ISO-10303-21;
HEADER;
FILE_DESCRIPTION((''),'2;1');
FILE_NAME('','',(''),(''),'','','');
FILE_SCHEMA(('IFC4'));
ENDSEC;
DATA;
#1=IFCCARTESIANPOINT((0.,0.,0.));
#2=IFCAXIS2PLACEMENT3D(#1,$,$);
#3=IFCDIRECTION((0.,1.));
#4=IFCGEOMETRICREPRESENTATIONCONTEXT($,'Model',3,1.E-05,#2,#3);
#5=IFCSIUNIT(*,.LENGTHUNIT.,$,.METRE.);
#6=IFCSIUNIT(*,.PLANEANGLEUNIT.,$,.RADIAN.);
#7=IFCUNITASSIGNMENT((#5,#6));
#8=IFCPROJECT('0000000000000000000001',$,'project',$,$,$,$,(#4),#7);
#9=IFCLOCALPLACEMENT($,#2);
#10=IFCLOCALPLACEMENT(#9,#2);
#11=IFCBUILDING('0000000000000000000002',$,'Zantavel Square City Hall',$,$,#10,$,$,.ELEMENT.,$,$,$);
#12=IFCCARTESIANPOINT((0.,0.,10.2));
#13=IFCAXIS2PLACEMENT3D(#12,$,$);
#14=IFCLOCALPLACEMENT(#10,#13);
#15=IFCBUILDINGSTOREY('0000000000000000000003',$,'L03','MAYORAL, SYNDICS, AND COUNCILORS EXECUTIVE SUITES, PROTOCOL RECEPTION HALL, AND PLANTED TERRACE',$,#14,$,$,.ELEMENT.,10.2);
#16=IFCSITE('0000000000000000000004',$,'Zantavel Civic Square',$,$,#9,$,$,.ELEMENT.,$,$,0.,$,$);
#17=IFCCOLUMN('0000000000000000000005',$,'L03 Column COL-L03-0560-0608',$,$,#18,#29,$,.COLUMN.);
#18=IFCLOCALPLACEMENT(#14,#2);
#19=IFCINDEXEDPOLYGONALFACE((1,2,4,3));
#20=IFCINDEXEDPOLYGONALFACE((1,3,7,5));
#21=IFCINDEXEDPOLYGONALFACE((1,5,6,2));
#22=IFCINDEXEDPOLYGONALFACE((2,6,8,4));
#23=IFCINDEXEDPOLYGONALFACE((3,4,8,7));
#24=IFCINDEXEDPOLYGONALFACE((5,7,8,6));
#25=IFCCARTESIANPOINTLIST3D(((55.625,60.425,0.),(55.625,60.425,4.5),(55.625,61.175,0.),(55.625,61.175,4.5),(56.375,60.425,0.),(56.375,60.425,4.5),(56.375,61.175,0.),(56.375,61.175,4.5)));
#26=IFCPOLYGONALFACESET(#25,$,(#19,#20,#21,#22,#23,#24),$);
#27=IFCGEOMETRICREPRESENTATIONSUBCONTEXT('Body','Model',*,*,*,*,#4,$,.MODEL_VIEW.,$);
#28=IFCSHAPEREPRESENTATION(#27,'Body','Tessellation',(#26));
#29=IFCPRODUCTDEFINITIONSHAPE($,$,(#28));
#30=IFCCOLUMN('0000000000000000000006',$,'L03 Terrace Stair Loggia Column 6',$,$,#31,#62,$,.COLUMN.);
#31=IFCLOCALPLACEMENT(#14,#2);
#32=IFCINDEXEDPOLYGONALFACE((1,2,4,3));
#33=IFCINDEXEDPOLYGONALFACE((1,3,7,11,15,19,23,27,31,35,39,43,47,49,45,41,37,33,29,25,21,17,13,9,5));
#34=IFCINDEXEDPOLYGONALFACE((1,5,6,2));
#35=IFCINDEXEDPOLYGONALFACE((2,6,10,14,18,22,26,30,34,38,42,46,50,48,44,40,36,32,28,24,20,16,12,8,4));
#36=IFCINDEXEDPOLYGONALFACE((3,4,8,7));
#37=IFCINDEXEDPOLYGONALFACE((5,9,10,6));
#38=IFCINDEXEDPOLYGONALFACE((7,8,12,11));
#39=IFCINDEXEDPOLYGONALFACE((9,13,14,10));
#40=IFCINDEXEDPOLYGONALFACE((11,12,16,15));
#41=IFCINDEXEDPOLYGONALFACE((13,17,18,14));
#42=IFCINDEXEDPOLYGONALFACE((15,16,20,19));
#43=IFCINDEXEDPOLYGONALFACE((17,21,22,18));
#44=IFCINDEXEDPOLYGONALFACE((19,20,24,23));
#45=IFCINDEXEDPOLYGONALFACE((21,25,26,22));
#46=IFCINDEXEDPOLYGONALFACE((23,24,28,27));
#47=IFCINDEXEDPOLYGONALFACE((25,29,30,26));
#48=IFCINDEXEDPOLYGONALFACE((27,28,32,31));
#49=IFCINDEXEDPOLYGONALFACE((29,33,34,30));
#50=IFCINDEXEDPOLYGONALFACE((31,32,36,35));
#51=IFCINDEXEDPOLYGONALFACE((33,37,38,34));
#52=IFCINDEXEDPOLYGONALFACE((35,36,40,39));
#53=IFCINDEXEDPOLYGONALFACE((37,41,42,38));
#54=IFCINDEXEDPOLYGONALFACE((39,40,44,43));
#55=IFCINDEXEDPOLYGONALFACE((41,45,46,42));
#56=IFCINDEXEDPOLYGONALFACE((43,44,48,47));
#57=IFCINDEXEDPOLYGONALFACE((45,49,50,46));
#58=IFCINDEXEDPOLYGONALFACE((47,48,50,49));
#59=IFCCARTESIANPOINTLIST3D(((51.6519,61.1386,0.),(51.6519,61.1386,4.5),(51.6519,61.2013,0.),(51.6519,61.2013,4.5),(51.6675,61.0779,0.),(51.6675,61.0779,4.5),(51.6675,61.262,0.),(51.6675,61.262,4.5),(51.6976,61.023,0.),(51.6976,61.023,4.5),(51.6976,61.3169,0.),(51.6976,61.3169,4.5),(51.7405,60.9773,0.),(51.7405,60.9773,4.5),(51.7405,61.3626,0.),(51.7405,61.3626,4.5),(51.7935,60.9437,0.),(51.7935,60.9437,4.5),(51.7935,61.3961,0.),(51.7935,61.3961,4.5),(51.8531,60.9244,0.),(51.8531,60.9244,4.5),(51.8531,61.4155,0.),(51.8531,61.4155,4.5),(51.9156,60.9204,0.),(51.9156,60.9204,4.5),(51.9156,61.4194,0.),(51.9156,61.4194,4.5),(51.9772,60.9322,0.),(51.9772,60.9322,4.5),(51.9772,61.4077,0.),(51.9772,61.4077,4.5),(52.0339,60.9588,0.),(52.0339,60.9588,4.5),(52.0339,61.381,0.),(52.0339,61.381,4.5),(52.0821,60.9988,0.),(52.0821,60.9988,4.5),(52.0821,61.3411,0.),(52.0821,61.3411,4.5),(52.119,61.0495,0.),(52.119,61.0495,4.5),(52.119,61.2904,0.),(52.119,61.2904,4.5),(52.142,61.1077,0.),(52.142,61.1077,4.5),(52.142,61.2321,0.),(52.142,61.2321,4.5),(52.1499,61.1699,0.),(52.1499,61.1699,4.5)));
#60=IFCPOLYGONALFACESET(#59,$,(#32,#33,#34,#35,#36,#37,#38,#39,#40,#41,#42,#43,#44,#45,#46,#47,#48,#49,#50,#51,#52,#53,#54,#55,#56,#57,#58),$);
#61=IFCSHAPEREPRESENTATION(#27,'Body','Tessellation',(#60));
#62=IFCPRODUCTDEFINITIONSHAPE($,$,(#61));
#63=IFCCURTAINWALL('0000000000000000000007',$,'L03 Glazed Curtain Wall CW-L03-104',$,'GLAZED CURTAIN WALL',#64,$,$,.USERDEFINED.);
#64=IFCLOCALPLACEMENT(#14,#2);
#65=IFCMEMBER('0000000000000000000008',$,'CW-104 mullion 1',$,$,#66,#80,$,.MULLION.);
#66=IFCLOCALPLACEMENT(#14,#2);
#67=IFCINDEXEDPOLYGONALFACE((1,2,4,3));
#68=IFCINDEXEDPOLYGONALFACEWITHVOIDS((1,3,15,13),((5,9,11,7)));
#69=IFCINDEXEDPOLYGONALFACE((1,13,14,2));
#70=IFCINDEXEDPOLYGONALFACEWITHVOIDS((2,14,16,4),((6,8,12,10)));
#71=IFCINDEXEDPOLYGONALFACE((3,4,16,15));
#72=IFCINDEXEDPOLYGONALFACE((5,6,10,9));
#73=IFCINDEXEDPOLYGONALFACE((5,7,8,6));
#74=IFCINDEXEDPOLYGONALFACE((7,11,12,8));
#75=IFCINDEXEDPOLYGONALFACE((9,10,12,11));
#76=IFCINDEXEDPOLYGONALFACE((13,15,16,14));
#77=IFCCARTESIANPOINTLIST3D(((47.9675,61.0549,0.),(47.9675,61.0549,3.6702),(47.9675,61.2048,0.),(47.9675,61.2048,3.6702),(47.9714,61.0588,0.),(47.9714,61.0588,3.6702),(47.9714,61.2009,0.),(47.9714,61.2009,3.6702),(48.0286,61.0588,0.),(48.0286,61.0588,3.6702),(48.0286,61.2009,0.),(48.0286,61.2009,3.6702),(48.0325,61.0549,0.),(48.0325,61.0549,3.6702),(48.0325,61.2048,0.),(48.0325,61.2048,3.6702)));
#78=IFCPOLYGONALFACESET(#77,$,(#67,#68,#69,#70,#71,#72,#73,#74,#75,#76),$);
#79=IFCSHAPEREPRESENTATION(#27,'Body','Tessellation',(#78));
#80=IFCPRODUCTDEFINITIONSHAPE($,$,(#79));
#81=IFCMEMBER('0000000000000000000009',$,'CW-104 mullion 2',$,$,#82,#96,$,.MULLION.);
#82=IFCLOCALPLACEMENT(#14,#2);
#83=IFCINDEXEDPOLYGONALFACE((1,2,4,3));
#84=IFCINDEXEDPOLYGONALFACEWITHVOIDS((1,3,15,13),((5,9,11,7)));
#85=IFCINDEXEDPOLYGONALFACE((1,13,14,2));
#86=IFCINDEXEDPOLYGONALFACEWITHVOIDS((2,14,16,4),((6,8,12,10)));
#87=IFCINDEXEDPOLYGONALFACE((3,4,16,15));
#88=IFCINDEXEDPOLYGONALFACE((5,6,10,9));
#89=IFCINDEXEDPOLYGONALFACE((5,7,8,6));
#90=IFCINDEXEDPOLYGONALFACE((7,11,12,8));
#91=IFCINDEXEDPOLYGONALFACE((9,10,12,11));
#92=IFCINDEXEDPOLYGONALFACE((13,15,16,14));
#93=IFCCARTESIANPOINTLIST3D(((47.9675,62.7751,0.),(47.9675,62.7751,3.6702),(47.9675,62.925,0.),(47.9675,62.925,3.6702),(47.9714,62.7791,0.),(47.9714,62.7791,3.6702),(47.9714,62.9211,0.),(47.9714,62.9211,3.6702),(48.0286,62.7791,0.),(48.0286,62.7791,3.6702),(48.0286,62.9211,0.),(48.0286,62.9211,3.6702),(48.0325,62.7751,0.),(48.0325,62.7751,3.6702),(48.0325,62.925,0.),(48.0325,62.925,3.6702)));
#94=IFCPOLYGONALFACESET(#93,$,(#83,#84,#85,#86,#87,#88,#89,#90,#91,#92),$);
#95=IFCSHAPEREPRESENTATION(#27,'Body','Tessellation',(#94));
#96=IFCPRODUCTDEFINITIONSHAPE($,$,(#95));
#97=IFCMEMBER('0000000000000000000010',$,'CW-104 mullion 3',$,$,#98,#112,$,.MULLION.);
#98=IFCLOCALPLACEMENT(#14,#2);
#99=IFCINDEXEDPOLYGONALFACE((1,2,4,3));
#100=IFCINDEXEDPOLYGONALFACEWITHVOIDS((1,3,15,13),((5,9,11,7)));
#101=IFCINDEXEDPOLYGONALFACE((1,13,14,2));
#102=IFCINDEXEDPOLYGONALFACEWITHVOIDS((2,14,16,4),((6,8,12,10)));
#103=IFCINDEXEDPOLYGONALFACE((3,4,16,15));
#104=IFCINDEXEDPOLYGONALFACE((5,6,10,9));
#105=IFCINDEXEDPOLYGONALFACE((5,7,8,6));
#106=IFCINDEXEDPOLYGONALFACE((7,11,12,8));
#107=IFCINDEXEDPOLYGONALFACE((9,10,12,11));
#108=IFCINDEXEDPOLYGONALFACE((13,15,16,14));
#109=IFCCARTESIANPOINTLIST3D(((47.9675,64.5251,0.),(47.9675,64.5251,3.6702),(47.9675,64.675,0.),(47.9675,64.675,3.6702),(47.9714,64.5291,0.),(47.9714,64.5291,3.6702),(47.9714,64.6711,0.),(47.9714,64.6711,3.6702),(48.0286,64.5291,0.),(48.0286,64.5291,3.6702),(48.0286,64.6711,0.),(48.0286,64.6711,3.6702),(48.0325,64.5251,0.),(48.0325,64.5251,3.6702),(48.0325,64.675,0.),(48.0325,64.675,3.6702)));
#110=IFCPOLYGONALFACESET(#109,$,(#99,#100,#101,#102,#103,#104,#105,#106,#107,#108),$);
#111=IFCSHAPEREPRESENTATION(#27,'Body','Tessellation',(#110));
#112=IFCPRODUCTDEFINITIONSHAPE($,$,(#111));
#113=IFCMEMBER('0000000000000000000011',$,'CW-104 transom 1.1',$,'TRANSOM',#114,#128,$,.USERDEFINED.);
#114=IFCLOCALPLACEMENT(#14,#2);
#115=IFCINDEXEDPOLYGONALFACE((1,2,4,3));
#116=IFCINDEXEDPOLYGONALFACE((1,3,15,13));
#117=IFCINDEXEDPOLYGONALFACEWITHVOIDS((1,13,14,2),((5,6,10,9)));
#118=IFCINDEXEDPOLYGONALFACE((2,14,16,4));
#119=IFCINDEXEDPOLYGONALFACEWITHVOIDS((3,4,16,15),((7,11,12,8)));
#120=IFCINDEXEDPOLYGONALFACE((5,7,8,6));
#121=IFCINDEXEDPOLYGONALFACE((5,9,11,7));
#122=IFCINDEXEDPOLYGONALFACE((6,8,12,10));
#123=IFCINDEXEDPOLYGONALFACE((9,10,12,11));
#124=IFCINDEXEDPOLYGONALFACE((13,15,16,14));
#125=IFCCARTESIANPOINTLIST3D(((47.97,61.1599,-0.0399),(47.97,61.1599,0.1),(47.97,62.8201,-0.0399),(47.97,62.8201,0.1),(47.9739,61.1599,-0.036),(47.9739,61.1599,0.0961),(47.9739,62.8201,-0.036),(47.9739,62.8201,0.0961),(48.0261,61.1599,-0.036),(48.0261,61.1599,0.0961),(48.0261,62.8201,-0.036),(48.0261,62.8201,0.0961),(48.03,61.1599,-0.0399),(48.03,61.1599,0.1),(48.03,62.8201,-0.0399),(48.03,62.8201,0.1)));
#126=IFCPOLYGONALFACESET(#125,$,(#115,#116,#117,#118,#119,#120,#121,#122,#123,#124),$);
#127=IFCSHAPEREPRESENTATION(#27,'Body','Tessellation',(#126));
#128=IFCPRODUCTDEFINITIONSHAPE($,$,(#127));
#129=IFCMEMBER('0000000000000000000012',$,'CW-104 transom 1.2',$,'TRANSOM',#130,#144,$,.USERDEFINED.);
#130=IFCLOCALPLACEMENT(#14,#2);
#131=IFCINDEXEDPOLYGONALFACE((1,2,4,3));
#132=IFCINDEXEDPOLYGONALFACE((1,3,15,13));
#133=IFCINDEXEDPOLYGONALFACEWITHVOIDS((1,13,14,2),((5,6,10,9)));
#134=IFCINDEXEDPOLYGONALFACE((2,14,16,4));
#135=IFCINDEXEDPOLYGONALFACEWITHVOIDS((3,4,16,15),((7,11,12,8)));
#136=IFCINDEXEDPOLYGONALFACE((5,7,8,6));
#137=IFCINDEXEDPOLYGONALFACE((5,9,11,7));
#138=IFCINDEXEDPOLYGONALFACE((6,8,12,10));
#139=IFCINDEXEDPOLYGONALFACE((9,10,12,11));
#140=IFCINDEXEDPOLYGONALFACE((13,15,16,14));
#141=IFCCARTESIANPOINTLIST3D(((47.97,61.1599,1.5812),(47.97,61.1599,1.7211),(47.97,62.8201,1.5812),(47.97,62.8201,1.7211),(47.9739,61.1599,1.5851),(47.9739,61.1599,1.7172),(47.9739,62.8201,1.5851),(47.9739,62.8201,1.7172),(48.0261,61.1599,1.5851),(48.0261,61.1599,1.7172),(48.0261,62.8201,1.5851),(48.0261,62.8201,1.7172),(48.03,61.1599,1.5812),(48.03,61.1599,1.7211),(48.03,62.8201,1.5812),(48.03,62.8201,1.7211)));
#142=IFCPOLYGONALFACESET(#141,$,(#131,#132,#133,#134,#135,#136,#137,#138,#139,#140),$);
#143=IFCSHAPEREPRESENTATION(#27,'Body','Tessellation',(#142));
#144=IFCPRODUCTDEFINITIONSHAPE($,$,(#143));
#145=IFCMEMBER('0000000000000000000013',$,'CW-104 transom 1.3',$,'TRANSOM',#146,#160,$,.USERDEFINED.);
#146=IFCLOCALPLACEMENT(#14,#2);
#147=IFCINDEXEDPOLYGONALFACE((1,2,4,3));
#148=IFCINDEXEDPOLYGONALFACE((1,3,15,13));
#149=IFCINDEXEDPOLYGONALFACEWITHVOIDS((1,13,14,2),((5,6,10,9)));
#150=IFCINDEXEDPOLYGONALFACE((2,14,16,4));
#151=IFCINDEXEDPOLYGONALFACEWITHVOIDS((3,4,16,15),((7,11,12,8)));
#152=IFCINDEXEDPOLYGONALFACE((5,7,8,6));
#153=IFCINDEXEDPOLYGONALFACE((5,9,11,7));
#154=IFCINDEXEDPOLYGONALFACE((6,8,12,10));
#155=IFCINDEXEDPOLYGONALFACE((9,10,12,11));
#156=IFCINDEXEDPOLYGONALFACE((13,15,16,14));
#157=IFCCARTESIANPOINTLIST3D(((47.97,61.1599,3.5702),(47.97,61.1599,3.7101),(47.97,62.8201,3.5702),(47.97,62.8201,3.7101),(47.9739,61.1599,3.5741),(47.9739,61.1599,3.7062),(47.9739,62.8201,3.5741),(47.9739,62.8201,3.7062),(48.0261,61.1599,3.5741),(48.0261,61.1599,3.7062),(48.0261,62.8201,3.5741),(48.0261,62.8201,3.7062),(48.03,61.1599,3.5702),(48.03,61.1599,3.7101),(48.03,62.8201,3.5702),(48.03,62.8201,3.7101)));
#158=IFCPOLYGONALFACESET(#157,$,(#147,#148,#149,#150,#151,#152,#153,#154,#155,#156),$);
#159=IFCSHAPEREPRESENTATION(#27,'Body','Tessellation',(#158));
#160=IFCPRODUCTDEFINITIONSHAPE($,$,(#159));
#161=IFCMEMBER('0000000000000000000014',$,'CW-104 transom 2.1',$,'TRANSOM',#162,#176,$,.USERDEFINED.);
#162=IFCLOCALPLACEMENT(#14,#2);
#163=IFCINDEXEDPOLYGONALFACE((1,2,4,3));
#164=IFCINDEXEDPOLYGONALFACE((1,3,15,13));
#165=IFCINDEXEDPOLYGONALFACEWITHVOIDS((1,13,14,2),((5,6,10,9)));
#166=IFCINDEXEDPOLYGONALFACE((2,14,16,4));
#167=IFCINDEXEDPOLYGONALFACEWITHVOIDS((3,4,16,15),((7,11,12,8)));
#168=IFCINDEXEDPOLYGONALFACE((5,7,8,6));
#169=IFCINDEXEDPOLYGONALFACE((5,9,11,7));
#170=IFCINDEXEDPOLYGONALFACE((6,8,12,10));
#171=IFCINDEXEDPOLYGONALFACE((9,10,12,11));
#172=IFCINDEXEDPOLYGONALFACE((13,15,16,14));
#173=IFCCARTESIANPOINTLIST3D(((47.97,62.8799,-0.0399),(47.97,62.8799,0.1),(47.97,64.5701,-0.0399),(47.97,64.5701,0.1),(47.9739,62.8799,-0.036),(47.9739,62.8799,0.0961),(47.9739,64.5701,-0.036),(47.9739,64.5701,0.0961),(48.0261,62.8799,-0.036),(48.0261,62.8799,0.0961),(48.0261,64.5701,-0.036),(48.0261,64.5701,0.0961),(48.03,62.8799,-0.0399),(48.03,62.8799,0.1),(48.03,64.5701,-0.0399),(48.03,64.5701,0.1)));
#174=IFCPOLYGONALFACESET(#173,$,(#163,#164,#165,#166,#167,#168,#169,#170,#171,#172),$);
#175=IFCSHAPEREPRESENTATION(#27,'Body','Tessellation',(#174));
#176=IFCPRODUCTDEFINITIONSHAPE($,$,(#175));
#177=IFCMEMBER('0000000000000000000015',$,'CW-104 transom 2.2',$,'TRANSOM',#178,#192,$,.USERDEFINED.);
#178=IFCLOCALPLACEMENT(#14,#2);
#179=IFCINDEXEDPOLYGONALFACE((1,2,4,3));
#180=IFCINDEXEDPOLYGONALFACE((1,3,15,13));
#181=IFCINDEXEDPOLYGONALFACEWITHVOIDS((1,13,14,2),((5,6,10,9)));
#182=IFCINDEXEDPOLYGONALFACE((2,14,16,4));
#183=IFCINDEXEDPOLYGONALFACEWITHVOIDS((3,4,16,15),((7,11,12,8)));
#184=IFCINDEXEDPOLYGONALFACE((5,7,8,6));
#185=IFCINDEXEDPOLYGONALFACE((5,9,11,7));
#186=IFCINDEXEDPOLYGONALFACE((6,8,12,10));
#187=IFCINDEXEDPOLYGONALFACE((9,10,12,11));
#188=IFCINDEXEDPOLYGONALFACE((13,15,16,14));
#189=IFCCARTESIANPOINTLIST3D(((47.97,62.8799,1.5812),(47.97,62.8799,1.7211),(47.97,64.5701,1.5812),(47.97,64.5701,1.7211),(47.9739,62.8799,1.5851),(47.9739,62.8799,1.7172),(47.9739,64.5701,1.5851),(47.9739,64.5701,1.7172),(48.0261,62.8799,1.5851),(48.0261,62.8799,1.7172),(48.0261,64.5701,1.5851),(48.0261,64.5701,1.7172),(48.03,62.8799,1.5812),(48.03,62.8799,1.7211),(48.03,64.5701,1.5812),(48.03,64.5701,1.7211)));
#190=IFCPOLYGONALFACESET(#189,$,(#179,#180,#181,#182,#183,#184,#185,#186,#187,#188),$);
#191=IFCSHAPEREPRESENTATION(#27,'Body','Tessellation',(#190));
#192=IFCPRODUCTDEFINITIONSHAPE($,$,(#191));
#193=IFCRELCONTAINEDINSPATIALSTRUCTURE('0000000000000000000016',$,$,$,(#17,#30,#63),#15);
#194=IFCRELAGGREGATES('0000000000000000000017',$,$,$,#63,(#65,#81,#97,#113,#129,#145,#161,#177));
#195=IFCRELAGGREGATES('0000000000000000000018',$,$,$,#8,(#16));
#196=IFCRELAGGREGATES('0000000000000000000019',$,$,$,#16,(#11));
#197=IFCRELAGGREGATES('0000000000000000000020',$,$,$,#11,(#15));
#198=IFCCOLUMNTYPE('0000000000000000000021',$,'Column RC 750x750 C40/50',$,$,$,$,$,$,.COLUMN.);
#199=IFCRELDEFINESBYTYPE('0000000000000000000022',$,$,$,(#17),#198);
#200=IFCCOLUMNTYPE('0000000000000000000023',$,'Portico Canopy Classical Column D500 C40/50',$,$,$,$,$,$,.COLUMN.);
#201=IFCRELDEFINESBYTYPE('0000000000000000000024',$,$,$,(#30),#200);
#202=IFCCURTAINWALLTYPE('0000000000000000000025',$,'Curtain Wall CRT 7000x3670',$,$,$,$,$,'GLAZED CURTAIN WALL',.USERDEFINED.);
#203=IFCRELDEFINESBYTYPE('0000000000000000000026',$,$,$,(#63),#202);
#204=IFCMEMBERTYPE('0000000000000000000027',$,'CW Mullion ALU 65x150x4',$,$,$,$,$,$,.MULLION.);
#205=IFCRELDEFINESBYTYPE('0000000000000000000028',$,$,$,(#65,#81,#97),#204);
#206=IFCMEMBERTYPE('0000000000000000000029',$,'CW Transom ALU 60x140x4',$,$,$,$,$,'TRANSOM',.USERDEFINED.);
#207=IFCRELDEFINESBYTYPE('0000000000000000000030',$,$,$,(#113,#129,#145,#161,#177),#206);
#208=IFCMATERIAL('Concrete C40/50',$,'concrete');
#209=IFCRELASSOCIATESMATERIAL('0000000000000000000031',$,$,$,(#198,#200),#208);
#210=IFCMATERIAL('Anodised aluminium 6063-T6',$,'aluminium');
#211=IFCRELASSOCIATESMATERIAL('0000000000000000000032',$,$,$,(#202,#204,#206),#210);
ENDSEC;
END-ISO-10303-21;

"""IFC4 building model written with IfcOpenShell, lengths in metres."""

from ifc_helpers import new_model, si_unit, direction, frame, origin, origin_2d, place, context, subcontext, project, spatial, rectangle, hollow_rectangle, circle, extrude, material, material_profile, profile_set, type_object, element, aggregate, save


model = new_model("IFC4")

# Units and contexts
model_context = context("Model", 3, precision=1e-05, world=origin(), true_north=direction((0.0, 1.0)))
body_context = subcontext(model_context, "Body", "Model", "MODEL_VIEW")
ifc_project = project(units=[si_unit("LENGTHUNIT", "METRE"), si_unit("PLANEANGLEUNIT", "RADIAN")], contexts=[model_context])

# Site, building, storey
site_placement = place(None, origin())
site = spatial("IfcSite", under=ifc_project, at=site_placement, Name="Zantavel Civic Square", CompositionType="ELEMENT", RefElevation=0.0)
building_placement = place(site_placement, origin())
building = spatial("IfcBuilding", under=site, at=building_placement, Name="Zantavel Square City Hall", CompositionType="ELEMENT")
storey_placement = place(building_placement, frame((0.0, 0.0, 10.2)))
storey = spatial("IfcBuildingStorey", under=building, at=storey_placement, Name="L03", Description="MAYORAL, SYNDICS, AND COUNCILORS EXECUTIVE SUITES, PROTOCOL RECEPTION HALL, AND PLANTED TERRACE", CompositionType="ELEMENT", Elevation=10.2)

# Columns
ifc_material_1 = material(Name="Concrete C40/50", Category="concrete")
ifc_material_profile_1 = material_profile(ifc_material_1, rectangle(XDim=0.75, YDim=0.75, at=origin_2d()), Name="RC 750x750")
ifc_profile_set_1 = profile_set([ifc_material_profile_1], Name="Concrete C40/50")
column_type_1 = type_object("IfcColumnType", Name="Column RC 750x750 C40/50", PredefinedType="COLUMN", material=ifc_profile_set_1)
column_1_placement = place(storey_placement, frame((56.0, 60.8, 0.0), z_axis=(0.0, 0.0, 1.0), x_axis=(1.0, 0.0, 0.0)))
element("IfcColumn", 1, at=column_1_placement, inside=storey, type_object=column_type_1, Name="L03 Column COL-L03-0560-0608", PredefinedType="COLUMN", context=body_context, shape_type="SweptSolid", body=[
    extrude(rectangle(XDim=0.75, YDim=0.75, at=origin_2d()), origin(), (0.0, 0.0, 1.0), 4.5),
])
ifc_material_profile_2 = material_profile(ifc_material_1, circle(Radius=0.25, at=origin_2d()), Name="ROUND D500")
ifc_profile_set_2 = profile_set([ifc_material_profile_2], Name="Concrete C40/50")
column_type_2 = type_object("IfcColumnType", Name="Portico Canopy Classical Column D500 C40/50", PredefinedType="COLUMN", material=ifc_profile_set_2)
column_2_placement = place(storey_placement, frame((51.8999, 61.1699, 0.0), z_axis=(0.0, 0.0, 1.0), x_axis=(1.0, 0.0, 0.0)))
element("IfcColumn", 2, at=column_2_placement, inside=storey, type_object=column_type_2, Name="L03 Terrace Stair Loggia Column 6", PredefinedType="COLUMN", context=body_context, shape_type="SweptSolid", body=[
    extrude(circle(Radius=0.25, at=origin_2d()), origin(), (0.0, 0.0, 1.0), 4.5),
])

# Curtain wall, members
ifc_material_2 = material(Name="Anodised aluminium 6063-T6", Category="aluminium")
curtain_wall_type = type_object("IfcCurtainWallType", Name="Curtain Wall CRT 7000x3670", ElementType="GLAZED CURTAIN WALL", PredefinedType="USERDEFINED", material=ifc_material_2)
curtain_wall_placement = place(storey_placement, origin())
curtain_wall = element("IfcCurtainWall", 3, at=curtain_wall_placement, inside=storey, type_object=curtain_wall_type, Name="L03 Glazed Curtain Wall CW-L03-104", ObjectType="GLAZED CURTAIN WALL", PredefinedType="USERDEFINED")
ifc_material_profile_3 = material_profile(ifc_material_2, hollow_rectangle(XDim=0.0649, YDim=0.1499, WallThickness=0.0039, at=origin_2d()), Name="ALU 65x150x4")
ifc_profile_set_3 = profile_set([ifc_material_profile_3], Name="Anodised aluminium 6063-T6")
member_type_1 = type_object("IfcMemberType", Name="CW Mullion ALU 65x150x4", PredefinedType="MULLION", material=ifc_profile_set_3)
member_1_placement = place(storey_placement, frame((48.0, 61.1299, 0.0), z_axis=(0.0, 0.0, 1.0), x_axis=(-1.0, 0.0, 0.0)))
member_1 = element("IfcMember", 4, at=member_1_placement, type_object=member_type_1, Name="CW-104 mullion 1", PredefinedType="MULLION", context=body_context, shape_type="SweptSolid", body=[
    extrude(hollow_rectangle(XDim=0.0649, YDim=0.1499, WallThickness=0.0039, at=origin_2d()), origin(), (0.0, 0.0, 1.0), 3.6702),
])
member_2_placement = place(storey_placement, frame((48.0, 62.8501, 0.0), z_axis=(0.0, 0.0, 1.0), x_axis=(-1.0, 0.0, 0.0)))
member_2 = element("IfcMember", 5, at=member_2_placement, type_object=member_type_1, Name="CW-104 mullion 2", PredefinedType="MULLION", context=body_context, shape_type="SweptSolid", body=[
    extrude(hollow_rectangle(XDim=0.0649, YDim=0.1499, WallThickness=0.0039, at=origin_2d()), origin(), (0.0, 0.0, 1.0), 3.6702),
])
member_3_placement = place(storey_placement, frame((48.0, 64.6001, 0.0), z_axis=(0.0, 0.0, 1.0), x_axis=(-1.0, 0.0, 0.0)))
member_3 = element("IfcMember", 6, at=member_3_placement, type_object=member_type_1, Name="CW-104 mullion 3", PredefinedType="MULLION", context=body_context, shape_type="SweptSolid", body=[
    extrude(hollow_rectangle(XDim=0.0649, YDim=0.1499, WallThickness=0.0039, at=origin_2d()), origin(), (0.0, 0.0, 1.0), 3.6702),
])
ifc_material_profile_4 = material_profile(ifc_material_2, hollow_rectangle(XDim=0.0601, YDim=0.1399, WallThickness=0.0039, at=origin_2d()), Name="ALU 60x140x4")
ifc_profile_set_4 = profile_set([ifc_material_profile_4], Name="Anodised aluminium 6063-T6")
member_type_2 = type_object("IfcMemberType", Name="CW Transom ALU 60x140x4", ElementType="TRANSOM", PredefinedType="USERDEFINED", material=ifc_profile_set_4)
member_4_placement = place(storey_placement, frame((48.0, 61.1599, 0.03), z_axis=(0.0, 1.0, 0.0), x_axis=(-1.0, 0.0, 0.0)))
member_4 = element("IfcMember", 7, at=member_4_placement, type_object=member_type_2, Name="CW-104 transom 1.1", ObjectType="TRANSOM", PredefinedType="USERDEFINED", context=body_context, shape_type="SweptSolid", body=[
    extrude(hollow_rectangle(XDim=0.0601, YDim=0.1399, WallThickness=0.0039, at=origin_2d()), origin(), (0.0, 0.0, 1.0), 1.6602),
])
member_5_placement = place(storey_placement, frame((48.0, 61.1599, 1.6511), z_axis=(0.0, 1.0, 0.0), x_axis=(-1.0, 0.0, 0.0)))
member_5 = element("IfcMember", 8, at=member_5_placement, type_object=member_type_2, Name="CW-104 transom 1.2", ObjectType="TRANSOM", PredefinedType="USERDEFINED", context=body_context, shape_type="SweptSolid", body=[
    extrude(hollow_rectangle(XDim=0.0601, YDim=0.1399, WallThickness=0.0039, at=origin_2d()), origin(), (0.0, 0.0, 1.0), 1.6602),
])
member_6_placement = place(storey_placement, frame((48.0, 61.1599, 3.6401), z_axis=(0.0, 1.0, 0.0), x_axis=(-1.0, 0.0, 0.0)))
member_6 = element("IfcMember", 9, at=member_6_placement, type_object=member_type_2, Name="CW-104 transom 1.3", ObjectType="TRANSOM", PredefinedType="USERDEFINED", context=body_context, shape_type="SweptSolid", body=[
    extrude(hollow_rectangle(XDim=0.0601, YDim=0.1399, WallThickness=0.0039, at=origin_2d()), origin(), (0.0, 0.0, 1.0), 1.6602),
])
member_7_placement = place(storey_placement, frame((48.0, 62.8799, 0.03), z_axis=(0.0, 1.0, 0.0), x_axis=(-1.0, 0.0, 0.0)))
member_7 = element("IfcMember", 10, at=member_7_placement, type_object=member_type_2, Name="CW-104 transom 2.1", ObjectType="TRANSOM", PredefinedType="USERDEFINED", context=body_context, shape_type="SweptSolid", body=[
    extrude(hollow_rectangle(XDim=0.0601, YDim=0.1399, WallThickness=0.0039, at=origin_2d()), origin(), (0.0, 0.0, 1.0), 1.6902),
])
member_8_placement = place(storey_placement, frame((48.0, 62.8799, 1.6511), z_axis=(0.0, 1.0, 0.0), x_axis=(-1.0, 0.0, 0.0)))
member_8 = element("IfcMember", 11, at=member_8_placement, type_object=member_type_2, Name="CW-104 transom 2.2", ObjectType="TRANSOM", PredefinedType="USERDEFINED", context=body_context, shape_type="SweptSolid", body=[
    extrude(hollow_rectangle(XDim=0.0601, YDim=0.1399, WallThickness=0.0039, at=origin_2d()), origin(), (0.0, 0.0, 1.0), 1.6902),
])

aggregate(curtain_wall, [member_1, member_2, member_3, member_4, member_5, member_6, member_7, member_8])

save(model, "model.ifc")
